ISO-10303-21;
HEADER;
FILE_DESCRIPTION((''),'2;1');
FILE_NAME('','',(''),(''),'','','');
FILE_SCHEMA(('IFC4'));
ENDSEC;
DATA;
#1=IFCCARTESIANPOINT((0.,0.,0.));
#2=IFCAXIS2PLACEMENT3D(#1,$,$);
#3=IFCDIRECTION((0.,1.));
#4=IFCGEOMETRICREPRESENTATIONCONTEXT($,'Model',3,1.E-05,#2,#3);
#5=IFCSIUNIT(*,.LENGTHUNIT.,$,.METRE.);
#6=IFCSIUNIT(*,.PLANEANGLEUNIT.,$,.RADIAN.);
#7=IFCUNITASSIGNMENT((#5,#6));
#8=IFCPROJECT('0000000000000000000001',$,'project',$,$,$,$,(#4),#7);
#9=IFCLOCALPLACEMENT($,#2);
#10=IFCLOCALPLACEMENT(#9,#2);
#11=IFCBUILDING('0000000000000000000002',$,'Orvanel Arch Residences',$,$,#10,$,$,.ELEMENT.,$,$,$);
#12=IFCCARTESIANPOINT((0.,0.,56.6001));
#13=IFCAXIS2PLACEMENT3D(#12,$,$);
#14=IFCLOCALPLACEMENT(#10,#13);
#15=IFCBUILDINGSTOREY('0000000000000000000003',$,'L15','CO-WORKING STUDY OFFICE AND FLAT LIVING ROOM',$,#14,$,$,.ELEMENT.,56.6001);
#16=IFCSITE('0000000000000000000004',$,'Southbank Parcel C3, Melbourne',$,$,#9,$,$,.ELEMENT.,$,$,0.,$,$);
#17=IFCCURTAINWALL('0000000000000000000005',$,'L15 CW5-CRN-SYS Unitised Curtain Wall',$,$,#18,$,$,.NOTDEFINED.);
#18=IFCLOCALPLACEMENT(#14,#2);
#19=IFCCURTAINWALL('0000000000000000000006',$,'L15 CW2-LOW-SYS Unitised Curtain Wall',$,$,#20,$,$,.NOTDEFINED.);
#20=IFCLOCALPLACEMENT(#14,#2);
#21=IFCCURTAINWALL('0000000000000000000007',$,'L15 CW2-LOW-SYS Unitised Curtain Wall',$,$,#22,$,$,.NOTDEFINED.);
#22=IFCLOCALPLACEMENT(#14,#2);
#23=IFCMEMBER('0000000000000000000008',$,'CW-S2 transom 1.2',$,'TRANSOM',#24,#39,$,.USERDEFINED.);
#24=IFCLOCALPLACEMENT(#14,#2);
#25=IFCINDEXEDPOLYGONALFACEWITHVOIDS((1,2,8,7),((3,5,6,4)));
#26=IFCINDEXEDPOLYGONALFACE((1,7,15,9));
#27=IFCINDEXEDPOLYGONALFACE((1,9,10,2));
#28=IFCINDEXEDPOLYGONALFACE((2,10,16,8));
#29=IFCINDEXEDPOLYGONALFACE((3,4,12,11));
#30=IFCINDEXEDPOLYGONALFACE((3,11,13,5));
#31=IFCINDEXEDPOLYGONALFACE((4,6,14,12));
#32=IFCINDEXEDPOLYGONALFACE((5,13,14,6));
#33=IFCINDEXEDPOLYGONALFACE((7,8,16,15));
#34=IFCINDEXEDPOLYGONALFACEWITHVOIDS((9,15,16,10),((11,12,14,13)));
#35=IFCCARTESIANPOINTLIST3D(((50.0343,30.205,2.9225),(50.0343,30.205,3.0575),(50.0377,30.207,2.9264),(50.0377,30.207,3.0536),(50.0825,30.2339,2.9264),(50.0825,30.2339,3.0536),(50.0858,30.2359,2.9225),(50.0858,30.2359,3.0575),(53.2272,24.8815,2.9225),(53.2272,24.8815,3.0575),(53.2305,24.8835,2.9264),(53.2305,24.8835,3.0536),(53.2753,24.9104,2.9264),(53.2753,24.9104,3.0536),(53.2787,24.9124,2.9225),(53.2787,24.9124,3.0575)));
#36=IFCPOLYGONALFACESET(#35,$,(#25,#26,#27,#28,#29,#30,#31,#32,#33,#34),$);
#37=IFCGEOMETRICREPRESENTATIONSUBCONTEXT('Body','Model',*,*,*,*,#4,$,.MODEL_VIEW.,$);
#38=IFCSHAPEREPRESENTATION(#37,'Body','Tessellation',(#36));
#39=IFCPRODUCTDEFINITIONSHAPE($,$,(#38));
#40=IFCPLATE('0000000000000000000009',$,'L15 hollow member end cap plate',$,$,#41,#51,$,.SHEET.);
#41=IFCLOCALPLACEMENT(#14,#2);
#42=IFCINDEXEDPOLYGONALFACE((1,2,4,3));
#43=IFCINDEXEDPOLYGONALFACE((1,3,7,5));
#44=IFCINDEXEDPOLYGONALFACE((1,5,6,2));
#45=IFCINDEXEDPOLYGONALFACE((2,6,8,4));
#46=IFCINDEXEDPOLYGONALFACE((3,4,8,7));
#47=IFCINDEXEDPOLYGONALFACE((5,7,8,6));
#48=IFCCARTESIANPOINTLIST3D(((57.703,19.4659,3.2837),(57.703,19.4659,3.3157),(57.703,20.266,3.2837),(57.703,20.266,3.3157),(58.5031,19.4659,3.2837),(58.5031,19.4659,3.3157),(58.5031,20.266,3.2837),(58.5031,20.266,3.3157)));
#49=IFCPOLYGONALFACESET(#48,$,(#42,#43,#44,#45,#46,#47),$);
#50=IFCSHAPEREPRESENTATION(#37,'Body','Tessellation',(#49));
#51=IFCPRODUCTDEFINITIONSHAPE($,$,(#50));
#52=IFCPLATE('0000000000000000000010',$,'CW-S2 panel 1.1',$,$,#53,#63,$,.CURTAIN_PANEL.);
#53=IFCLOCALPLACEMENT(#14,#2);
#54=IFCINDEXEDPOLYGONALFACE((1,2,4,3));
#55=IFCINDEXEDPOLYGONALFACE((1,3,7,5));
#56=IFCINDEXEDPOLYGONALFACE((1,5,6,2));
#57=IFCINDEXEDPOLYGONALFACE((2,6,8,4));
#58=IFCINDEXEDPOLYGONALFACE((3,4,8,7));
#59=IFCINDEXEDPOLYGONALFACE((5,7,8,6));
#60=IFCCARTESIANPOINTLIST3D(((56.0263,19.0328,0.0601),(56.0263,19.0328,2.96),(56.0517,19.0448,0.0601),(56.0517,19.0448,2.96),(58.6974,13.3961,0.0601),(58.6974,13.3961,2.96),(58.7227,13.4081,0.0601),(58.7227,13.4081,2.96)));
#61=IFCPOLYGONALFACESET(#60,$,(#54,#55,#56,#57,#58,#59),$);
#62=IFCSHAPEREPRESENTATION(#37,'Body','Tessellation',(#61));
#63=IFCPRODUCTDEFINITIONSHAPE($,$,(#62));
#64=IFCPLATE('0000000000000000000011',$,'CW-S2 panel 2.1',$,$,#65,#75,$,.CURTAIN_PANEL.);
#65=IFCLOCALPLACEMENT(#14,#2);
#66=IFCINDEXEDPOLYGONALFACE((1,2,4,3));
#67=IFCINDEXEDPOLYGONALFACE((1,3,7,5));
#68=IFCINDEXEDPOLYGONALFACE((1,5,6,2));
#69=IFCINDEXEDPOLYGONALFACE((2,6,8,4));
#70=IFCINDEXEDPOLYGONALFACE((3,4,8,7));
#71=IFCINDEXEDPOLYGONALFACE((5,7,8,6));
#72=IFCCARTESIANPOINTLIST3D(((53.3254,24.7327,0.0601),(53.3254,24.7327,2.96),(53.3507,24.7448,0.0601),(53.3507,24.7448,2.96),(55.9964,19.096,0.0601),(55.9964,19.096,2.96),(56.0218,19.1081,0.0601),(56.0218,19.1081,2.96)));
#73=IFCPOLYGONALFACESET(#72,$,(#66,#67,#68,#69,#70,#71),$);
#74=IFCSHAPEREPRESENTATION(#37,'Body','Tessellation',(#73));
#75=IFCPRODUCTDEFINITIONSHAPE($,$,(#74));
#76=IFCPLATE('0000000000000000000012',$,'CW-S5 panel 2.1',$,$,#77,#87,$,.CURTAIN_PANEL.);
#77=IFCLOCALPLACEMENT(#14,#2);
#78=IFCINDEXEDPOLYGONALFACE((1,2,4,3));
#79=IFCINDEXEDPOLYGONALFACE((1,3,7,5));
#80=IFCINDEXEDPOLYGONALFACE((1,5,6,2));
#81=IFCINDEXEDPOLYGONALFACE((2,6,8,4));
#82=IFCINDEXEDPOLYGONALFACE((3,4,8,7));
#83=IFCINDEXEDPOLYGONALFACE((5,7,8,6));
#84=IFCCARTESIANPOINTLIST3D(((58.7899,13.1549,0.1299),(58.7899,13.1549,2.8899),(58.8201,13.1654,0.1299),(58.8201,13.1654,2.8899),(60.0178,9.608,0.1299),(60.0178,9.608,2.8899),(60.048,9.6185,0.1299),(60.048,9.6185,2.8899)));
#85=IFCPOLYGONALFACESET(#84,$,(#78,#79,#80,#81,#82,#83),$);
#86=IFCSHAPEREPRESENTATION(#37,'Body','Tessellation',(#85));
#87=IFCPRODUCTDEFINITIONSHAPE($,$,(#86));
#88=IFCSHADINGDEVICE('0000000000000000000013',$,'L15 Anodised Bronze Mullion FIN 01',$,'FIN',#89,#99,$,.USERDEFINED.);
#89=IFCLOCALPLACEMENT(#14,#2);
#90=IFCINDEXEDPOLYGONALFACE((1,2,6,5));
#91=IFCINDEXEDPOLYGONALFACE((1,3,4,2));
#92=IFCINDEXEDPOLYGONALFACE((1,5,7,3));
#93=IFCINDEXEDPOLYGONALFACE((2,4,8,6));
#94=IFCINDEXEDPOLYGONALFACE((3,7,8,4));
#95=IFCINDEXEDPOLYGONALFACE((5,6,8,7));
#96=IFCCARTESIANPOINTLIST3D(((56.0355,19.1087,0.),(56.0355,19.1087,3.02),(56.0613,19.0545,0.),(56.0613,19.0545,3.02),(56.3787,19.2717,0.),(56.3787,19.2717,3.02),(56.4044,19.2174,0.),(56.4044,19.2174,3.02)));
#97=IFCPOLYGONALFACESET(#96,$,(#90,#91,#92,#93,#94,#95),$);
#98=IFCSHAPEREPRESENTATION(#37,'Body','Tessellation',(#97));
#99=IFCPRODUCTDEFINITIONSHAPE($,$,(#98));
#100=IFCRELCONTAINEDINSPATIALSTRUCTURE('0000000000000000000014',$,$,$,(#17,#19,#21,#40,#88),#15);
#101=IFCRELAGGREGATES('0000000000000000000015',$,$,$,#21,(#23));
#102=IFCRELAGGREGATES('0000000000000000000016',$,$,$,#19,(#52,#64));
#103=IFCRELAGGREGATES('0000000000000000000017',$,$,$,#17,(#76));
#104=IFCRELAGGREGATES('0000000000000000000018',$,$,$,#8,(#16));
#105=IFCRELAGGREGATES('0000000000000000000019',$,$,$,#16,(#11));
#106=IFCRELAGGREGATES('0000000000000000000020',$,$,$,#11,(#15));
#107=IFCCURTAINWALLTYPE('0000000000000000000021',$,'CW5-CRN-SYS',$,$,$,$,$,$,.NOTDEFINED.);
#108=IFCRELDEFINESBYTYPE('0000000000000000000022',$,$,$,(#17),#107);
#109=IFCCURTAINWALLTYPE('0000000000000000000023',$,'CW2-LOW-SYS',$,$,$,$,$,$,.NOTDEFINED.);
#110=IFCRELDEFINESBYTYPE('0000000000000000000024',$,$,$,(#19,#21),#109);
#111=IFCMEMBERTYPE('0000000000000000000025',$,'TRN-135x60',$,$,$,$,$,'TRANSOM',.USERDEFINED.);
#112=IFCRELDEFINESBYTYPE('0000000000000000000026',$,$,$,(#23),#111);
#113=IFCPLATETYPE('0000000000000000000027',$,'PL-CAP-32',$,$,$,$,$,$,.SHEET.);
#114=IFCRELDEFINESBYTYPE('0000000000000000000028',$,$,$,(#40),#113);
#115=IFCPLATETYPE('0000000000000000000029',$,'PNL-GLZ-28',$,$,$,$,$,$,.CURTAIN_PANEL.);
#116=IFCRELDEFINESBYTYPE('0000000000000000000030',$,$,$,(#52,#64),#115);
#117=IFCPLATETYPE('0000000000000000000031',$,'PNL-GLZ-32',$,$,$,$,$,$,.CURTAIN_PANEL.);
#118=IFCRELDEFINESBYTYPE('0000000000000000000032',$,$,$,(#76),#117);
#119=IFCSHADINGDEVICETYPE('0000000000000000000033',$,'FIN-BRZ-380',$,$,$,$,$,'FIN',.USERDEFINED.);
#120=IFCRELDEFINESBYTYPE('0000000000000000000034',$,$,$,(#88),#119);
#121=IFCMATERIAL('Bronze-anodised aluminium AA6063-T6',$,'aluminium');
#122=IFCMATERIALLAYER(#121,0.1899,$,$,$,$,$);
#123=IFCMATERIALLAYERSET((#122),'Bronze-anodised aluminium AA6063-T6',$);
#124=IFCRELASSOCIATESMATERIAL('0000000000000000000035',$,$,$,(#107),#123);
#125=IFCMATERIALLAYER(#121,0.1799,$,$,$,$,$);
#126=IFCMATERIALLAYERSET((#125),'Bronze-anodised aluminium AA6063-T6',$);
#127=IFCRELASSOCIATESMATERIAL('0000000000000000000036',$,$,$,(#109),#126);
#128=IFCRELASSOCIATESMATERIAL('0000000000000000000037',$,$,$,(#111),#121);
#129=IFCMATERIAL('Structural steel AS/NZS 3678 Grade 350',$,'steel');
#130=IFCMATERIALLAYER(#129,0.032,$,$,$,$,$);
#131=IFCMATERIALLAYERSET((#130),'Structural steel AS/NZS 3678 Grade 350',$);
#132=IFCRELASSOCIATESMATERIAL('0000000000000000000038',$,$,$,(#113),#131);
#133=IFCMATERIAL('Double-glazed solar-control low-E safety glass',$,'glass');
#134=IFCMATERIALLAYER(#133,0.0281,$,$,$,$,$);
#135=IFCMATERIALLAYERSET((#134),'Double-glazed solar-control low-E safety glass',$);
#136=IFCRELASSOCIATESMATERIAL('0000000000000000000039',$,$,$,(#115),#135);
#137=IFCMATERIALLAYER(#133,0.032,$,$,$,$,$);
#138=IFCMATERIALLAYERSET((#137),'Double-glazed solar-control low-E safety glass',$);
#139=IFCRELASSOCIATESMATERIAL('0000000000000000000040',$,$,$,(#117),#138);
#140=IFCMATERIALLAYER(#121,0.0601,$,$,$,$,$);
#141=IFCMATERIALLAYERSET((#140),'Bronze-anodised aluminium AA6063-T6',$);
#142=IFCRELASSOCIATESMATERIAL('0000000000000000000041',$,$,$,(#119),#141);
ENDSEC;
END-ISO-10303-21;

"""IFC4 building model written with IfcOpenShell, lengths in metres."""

from ifc_helpers import new_model, si_unit, direction, frame, origin, origin_2d, place, context, subcontext, project, spatial, rectangle, hollow_rectangle, extrude, material, layer, layer_set, material_profile, profile_set, type_object, element, aggregate, save


model = new_model("IFC4")

# Units and contexts
model_context = context("Model", 3, precision=1e-05, world=origin(), true_north=direction((0.0, 1.0)))
body_context = subcontext(model_context, "Body", "Model", "MODEL_VIEW")
ifc_project = project(units=[si_unit("LENGTHUNIT", "METRE"), si_unit("PLANEANGLEUNIT", "RADIAN")], contexts=[model_context])

# Site, building, storey
site_placement = place(None, origin())
site = spatial("IfcSite", under=ifc_project, at=site_placement, Name="Southbank Parcel C3, Melbourne", CompositionType="ELEMENT", RefElevation=0.0)
building_placement = place(site_placement, origin())
building = spatial("IfcBuilding", under=site, at=building_placement, Name="Orvanel Arch Residences", CompositionType="ELEMENT")
storey_placement = place(building_placement, frame((0.0, 0.0, 56.6001)))
storey = spatial("IfcBuildingStorey", under=building, at=storey_placement, Name="L15", Description="CO-WORKING STUDY OFFICE AND FLAT LIVING ROOM", CompositionType="ELEMENT", Elevation=56.6001)

# Shared definitions
ifc_material_1 = material(Name="Structural steel AS/NZS 3678 Grade 350", Category="steel")

# Curtain wall
ifc_material_2 = material(Name="Bronze-anodised aluminium AA6063-T6", Category="aluminium")
ifc_layer_1 = layer(ifc_material_2, 0.1899)
ifc_layer_set_1 = layer_set([ifc_layer_1], Name="Bronze-anodised aluminium AA6063-T6")
curtain_wall_type_1 = type_object("IfcCurtainWallType", Name="CW5-CRN-SYS", PredefinedType="NOTDEFINED", material=ifc_layer_set_1)
curtain_wall_1_placement = place(storey_placement, origin())
curtain_wall_1 = element("IfcCurtainWall", 1, at=curtain_wall_1_placement, inside=storey, type_object=curtain_wall_type_1, Name="L15 CW5-CRN-SYS Unitised Curtain Wall", PredefinedType="NOTDEFINED")

# Curtain wall
ifc_layer_2 = layer(ifc_material_2, 0.1799)
ifc_layer_set_2 = layer_set([ifc_layer_2], Name="Bronze-anodised aluminium AA6063-T6")
curtain_wall_type_2 = type_object("IfcCurtainWallType", Name="CW2-LOW-SYS", PredefinedType="NOTDEFINED", material=ifc_layer_set_2)
curtain_wall_2_placement = place(storey_placement, origin())
curtain_wall_2 = element("IfcCurtainWall", 2, at=curtain_wall_2_placement, inside=storey, type_object=curtain_wall_type_2, Name="L15 CW2-LOW-SYS Unitised Curtain Wall", PredefinedType="NOTDEFINED")

# Curtain wall
curtain_wall_3_placement = place(storey_placement, origin())
curtain_wall_3 = element("IfcCurtainWall", 3, at=curtain_wall_3_placement, inside=storey, type_object=curtain_wall_type_2, Name="L15 CW2-LOW-SYS Unitised Curtain Wall", PredefinedType="NOTDEFINED")

# Member
ifc_material_profile_1 = material_profile(ifc_material_2, hollow_rectangle(XDim=0.0601, YDim=0.135, WallThickness=0.0039, at=origin_2d()), Name="ALU135x60x4")
ifc_profile_set_1 = profile_set([ifc_material_profile_1], Name="Bronze-anodised aluminium AA6063-T6")
member_type_1 = type_object("IfcMemberType", Name="TRN-135x60", ElementType="TRANSOM", PredefinedType="USERDEFINED", material=ifc_profile_set_1)
member_1_placement = place(storey_placement, frame((53.2529, 24.897, 2.99), z_axis=(-0.514351, 0.85758, 0.0), x_axis=(-0.85758, -0.514351, 0.0)))
member_1 = element("IfcMember", 4, at=member_1_placement, type_object=member_type_1, Name="CW-S2 transom 1.2", ObjectType="TRANSOM", PredefinedType="USERDEFINED", context=body_context, shape_type="SweptSolid", body=[
    extrude(hollow_rectangle(XDim=0.0601, YDim=0.135, WallThickness=0.0039, at=origin_2d()), origin(), (0.0, 0.0, 1.0), 6.2075),
])
aggregate(curtain_wall_3, [member_1])

# Plates
ifc_layer_3 = layer(ifc_material_1, 0.032)
ifc_layer_set_3 = layer_set([ifc_layer_3], Name="Structural steel AS/NZS 3678 Grade 350")
plate_type_1 = type_object("IfcPlateType", Name="PL-CAP-32", PredefinedType="SHEET", material=ifc_layer_set_3)
plate_1_placement = place(storey_placement, frame((58.103, 19.866, 3.2837), z_axis=(0.0, 0.0, 1.0), x_axis=(1.0, 0.0, 0.0)))
element("IfcPlate", 5, at=plate_1_placement, inside=storey, type_object=plate_type_1, Name="L15 hollow member end cap plate", PredefinedType="SHEET", context=body_context, shape_type="SweptSolid", body=[
    extrude(rectangle(XDim=0.8, YDim=0.8, at=origin_2d()), origin(), (0.0, 0.0, 1.0), 0.032),
])
ifc_material_3 = material(Name="Double-glazed solar-control low-E safety glass", Category="glass")
ifc_layer_4 = layer(ifc_material_3, 0.0281)
ifc_layer_set_4 = layer_set([ifc_layer_4], Name="Double-glazed solar-control low-E safety glass")
plate_type_2 = type_object("IfcPlateType", Name="PNL-GLZ-28", PredefinedType="CURTAIN_PANEL", material=ifc_layer_set_4)
plate_2_placement = place(storey_placement, frame((57.3745, 16.2205, 0.0601), z_axis=(0.0, 0.0, 1.0), x_axis=(-0.428225, 0.903672, 0.0)))
plate_2 = element("IfcPlate", 6, at=plate_2_placement, type_object=plate_type_2, Name="CW-S2 panel 1.1", PredefinedType="CURTAIN_PANEL", context=body_context, shape_type="SweptSolid", body=[
    extrude(rectangle(XDim=6.2375, YDim=0.0281, at=origin_2d()), origin(), (0.0, 0.0, 1.0), 2.8999),
])
plate_3_placement = place(storey_placement, frame((54.6736, 21.9204, 0.0601), z_axis=(0.0, 0.0, 1.0), x_axis=(-0.428225, 0.903672, 0.0)))
plate_3 = element("IfcPlate", 7, at=plate_3_placement, type_object=plate_type_2, Name="CW-S2 panel 2.1", PredefinedType="CURTAIN_PANEL", context=body_context, shape_type="SweptSolid", body=[
    extrude(rectangle(XDim=6.2375, YDim=0.0281, at=origin_2d()), origin(), (0.0, 0.0, 1.0), 2.8999),
])
aggregate(curtain_wall_2, [plate_2, plate_3])
ifc_layer_5 = layer(ifc_material_3, 0.032)
ifc_layer_set_5 = layer_set([ifc_layer_5], Name="Double-glazed solar-control low-E safety glass")
plate_type_3 = type_object("IfcPlateType", Name="PNL-GLZ-32", PredefinedType="CURTAIN_PANEL", material=ifc_layer_set_5)
plate_4_placement = place(storey_placement, frame((59.4189, 11.3867, 0.1299), z_axis=(0.0, 0.0, 1.0), x_axis=(-0.327141, 0.944976, 0.0)))
plate_4 = element("IfcPlate", 8, at=plate_4_placement, type_object=plate_type_3, Name="CW-S5 panel 2.1", PredefinedType="CURTAIN_PANEL", context=body_context, shape_type="SweptSolid", body=[
    extrude(rectangle(XDim=3.7534, YDim=0.032, at=origin_2d()), origin(), (0.0, 0.0, 1.0), 2.76),
])
aggregate(curtain_wall_1, [plate_4])

# Shading device
ifc_layer_6 = layer(ifc_material_2, 0.0601)
ifc_layer_set_6 = layer_set([ifc_layer_6], Name="Bronze-anodised aluminium AA6063-T6")
shading_device_type = type_object("IfcShadingDeviceType", Name="FIN-BRZ-380", ElementType="FIN", PredefinedType="USERDEFINED", material=ifc_layer_set_6)
shading_device_placement = place(storey_placement, frame((56.22, 19.1631, 0.0), z_axis=(0.0, 0.0, 1.0), x_axis=(0.903335, 0.428935, 0.0)))
element("IfcShadingDevice", 9, at=shading_device_placement, inside=storey, type_object=shading_device_type, Name="L15 Anodised Bronze Mullion FIN 01", ObjectType="FIN", PredefinedType="USERDEFINED", context=body_context, shape_type="SweptSolid", body=[
    extrude(rectangle(XDim=0.3799, YDim=0.0601, at=origin_2d()), origin(), (0.0, 0.0, 1.0), 3.02),
])

save(model, "model.ifc")
